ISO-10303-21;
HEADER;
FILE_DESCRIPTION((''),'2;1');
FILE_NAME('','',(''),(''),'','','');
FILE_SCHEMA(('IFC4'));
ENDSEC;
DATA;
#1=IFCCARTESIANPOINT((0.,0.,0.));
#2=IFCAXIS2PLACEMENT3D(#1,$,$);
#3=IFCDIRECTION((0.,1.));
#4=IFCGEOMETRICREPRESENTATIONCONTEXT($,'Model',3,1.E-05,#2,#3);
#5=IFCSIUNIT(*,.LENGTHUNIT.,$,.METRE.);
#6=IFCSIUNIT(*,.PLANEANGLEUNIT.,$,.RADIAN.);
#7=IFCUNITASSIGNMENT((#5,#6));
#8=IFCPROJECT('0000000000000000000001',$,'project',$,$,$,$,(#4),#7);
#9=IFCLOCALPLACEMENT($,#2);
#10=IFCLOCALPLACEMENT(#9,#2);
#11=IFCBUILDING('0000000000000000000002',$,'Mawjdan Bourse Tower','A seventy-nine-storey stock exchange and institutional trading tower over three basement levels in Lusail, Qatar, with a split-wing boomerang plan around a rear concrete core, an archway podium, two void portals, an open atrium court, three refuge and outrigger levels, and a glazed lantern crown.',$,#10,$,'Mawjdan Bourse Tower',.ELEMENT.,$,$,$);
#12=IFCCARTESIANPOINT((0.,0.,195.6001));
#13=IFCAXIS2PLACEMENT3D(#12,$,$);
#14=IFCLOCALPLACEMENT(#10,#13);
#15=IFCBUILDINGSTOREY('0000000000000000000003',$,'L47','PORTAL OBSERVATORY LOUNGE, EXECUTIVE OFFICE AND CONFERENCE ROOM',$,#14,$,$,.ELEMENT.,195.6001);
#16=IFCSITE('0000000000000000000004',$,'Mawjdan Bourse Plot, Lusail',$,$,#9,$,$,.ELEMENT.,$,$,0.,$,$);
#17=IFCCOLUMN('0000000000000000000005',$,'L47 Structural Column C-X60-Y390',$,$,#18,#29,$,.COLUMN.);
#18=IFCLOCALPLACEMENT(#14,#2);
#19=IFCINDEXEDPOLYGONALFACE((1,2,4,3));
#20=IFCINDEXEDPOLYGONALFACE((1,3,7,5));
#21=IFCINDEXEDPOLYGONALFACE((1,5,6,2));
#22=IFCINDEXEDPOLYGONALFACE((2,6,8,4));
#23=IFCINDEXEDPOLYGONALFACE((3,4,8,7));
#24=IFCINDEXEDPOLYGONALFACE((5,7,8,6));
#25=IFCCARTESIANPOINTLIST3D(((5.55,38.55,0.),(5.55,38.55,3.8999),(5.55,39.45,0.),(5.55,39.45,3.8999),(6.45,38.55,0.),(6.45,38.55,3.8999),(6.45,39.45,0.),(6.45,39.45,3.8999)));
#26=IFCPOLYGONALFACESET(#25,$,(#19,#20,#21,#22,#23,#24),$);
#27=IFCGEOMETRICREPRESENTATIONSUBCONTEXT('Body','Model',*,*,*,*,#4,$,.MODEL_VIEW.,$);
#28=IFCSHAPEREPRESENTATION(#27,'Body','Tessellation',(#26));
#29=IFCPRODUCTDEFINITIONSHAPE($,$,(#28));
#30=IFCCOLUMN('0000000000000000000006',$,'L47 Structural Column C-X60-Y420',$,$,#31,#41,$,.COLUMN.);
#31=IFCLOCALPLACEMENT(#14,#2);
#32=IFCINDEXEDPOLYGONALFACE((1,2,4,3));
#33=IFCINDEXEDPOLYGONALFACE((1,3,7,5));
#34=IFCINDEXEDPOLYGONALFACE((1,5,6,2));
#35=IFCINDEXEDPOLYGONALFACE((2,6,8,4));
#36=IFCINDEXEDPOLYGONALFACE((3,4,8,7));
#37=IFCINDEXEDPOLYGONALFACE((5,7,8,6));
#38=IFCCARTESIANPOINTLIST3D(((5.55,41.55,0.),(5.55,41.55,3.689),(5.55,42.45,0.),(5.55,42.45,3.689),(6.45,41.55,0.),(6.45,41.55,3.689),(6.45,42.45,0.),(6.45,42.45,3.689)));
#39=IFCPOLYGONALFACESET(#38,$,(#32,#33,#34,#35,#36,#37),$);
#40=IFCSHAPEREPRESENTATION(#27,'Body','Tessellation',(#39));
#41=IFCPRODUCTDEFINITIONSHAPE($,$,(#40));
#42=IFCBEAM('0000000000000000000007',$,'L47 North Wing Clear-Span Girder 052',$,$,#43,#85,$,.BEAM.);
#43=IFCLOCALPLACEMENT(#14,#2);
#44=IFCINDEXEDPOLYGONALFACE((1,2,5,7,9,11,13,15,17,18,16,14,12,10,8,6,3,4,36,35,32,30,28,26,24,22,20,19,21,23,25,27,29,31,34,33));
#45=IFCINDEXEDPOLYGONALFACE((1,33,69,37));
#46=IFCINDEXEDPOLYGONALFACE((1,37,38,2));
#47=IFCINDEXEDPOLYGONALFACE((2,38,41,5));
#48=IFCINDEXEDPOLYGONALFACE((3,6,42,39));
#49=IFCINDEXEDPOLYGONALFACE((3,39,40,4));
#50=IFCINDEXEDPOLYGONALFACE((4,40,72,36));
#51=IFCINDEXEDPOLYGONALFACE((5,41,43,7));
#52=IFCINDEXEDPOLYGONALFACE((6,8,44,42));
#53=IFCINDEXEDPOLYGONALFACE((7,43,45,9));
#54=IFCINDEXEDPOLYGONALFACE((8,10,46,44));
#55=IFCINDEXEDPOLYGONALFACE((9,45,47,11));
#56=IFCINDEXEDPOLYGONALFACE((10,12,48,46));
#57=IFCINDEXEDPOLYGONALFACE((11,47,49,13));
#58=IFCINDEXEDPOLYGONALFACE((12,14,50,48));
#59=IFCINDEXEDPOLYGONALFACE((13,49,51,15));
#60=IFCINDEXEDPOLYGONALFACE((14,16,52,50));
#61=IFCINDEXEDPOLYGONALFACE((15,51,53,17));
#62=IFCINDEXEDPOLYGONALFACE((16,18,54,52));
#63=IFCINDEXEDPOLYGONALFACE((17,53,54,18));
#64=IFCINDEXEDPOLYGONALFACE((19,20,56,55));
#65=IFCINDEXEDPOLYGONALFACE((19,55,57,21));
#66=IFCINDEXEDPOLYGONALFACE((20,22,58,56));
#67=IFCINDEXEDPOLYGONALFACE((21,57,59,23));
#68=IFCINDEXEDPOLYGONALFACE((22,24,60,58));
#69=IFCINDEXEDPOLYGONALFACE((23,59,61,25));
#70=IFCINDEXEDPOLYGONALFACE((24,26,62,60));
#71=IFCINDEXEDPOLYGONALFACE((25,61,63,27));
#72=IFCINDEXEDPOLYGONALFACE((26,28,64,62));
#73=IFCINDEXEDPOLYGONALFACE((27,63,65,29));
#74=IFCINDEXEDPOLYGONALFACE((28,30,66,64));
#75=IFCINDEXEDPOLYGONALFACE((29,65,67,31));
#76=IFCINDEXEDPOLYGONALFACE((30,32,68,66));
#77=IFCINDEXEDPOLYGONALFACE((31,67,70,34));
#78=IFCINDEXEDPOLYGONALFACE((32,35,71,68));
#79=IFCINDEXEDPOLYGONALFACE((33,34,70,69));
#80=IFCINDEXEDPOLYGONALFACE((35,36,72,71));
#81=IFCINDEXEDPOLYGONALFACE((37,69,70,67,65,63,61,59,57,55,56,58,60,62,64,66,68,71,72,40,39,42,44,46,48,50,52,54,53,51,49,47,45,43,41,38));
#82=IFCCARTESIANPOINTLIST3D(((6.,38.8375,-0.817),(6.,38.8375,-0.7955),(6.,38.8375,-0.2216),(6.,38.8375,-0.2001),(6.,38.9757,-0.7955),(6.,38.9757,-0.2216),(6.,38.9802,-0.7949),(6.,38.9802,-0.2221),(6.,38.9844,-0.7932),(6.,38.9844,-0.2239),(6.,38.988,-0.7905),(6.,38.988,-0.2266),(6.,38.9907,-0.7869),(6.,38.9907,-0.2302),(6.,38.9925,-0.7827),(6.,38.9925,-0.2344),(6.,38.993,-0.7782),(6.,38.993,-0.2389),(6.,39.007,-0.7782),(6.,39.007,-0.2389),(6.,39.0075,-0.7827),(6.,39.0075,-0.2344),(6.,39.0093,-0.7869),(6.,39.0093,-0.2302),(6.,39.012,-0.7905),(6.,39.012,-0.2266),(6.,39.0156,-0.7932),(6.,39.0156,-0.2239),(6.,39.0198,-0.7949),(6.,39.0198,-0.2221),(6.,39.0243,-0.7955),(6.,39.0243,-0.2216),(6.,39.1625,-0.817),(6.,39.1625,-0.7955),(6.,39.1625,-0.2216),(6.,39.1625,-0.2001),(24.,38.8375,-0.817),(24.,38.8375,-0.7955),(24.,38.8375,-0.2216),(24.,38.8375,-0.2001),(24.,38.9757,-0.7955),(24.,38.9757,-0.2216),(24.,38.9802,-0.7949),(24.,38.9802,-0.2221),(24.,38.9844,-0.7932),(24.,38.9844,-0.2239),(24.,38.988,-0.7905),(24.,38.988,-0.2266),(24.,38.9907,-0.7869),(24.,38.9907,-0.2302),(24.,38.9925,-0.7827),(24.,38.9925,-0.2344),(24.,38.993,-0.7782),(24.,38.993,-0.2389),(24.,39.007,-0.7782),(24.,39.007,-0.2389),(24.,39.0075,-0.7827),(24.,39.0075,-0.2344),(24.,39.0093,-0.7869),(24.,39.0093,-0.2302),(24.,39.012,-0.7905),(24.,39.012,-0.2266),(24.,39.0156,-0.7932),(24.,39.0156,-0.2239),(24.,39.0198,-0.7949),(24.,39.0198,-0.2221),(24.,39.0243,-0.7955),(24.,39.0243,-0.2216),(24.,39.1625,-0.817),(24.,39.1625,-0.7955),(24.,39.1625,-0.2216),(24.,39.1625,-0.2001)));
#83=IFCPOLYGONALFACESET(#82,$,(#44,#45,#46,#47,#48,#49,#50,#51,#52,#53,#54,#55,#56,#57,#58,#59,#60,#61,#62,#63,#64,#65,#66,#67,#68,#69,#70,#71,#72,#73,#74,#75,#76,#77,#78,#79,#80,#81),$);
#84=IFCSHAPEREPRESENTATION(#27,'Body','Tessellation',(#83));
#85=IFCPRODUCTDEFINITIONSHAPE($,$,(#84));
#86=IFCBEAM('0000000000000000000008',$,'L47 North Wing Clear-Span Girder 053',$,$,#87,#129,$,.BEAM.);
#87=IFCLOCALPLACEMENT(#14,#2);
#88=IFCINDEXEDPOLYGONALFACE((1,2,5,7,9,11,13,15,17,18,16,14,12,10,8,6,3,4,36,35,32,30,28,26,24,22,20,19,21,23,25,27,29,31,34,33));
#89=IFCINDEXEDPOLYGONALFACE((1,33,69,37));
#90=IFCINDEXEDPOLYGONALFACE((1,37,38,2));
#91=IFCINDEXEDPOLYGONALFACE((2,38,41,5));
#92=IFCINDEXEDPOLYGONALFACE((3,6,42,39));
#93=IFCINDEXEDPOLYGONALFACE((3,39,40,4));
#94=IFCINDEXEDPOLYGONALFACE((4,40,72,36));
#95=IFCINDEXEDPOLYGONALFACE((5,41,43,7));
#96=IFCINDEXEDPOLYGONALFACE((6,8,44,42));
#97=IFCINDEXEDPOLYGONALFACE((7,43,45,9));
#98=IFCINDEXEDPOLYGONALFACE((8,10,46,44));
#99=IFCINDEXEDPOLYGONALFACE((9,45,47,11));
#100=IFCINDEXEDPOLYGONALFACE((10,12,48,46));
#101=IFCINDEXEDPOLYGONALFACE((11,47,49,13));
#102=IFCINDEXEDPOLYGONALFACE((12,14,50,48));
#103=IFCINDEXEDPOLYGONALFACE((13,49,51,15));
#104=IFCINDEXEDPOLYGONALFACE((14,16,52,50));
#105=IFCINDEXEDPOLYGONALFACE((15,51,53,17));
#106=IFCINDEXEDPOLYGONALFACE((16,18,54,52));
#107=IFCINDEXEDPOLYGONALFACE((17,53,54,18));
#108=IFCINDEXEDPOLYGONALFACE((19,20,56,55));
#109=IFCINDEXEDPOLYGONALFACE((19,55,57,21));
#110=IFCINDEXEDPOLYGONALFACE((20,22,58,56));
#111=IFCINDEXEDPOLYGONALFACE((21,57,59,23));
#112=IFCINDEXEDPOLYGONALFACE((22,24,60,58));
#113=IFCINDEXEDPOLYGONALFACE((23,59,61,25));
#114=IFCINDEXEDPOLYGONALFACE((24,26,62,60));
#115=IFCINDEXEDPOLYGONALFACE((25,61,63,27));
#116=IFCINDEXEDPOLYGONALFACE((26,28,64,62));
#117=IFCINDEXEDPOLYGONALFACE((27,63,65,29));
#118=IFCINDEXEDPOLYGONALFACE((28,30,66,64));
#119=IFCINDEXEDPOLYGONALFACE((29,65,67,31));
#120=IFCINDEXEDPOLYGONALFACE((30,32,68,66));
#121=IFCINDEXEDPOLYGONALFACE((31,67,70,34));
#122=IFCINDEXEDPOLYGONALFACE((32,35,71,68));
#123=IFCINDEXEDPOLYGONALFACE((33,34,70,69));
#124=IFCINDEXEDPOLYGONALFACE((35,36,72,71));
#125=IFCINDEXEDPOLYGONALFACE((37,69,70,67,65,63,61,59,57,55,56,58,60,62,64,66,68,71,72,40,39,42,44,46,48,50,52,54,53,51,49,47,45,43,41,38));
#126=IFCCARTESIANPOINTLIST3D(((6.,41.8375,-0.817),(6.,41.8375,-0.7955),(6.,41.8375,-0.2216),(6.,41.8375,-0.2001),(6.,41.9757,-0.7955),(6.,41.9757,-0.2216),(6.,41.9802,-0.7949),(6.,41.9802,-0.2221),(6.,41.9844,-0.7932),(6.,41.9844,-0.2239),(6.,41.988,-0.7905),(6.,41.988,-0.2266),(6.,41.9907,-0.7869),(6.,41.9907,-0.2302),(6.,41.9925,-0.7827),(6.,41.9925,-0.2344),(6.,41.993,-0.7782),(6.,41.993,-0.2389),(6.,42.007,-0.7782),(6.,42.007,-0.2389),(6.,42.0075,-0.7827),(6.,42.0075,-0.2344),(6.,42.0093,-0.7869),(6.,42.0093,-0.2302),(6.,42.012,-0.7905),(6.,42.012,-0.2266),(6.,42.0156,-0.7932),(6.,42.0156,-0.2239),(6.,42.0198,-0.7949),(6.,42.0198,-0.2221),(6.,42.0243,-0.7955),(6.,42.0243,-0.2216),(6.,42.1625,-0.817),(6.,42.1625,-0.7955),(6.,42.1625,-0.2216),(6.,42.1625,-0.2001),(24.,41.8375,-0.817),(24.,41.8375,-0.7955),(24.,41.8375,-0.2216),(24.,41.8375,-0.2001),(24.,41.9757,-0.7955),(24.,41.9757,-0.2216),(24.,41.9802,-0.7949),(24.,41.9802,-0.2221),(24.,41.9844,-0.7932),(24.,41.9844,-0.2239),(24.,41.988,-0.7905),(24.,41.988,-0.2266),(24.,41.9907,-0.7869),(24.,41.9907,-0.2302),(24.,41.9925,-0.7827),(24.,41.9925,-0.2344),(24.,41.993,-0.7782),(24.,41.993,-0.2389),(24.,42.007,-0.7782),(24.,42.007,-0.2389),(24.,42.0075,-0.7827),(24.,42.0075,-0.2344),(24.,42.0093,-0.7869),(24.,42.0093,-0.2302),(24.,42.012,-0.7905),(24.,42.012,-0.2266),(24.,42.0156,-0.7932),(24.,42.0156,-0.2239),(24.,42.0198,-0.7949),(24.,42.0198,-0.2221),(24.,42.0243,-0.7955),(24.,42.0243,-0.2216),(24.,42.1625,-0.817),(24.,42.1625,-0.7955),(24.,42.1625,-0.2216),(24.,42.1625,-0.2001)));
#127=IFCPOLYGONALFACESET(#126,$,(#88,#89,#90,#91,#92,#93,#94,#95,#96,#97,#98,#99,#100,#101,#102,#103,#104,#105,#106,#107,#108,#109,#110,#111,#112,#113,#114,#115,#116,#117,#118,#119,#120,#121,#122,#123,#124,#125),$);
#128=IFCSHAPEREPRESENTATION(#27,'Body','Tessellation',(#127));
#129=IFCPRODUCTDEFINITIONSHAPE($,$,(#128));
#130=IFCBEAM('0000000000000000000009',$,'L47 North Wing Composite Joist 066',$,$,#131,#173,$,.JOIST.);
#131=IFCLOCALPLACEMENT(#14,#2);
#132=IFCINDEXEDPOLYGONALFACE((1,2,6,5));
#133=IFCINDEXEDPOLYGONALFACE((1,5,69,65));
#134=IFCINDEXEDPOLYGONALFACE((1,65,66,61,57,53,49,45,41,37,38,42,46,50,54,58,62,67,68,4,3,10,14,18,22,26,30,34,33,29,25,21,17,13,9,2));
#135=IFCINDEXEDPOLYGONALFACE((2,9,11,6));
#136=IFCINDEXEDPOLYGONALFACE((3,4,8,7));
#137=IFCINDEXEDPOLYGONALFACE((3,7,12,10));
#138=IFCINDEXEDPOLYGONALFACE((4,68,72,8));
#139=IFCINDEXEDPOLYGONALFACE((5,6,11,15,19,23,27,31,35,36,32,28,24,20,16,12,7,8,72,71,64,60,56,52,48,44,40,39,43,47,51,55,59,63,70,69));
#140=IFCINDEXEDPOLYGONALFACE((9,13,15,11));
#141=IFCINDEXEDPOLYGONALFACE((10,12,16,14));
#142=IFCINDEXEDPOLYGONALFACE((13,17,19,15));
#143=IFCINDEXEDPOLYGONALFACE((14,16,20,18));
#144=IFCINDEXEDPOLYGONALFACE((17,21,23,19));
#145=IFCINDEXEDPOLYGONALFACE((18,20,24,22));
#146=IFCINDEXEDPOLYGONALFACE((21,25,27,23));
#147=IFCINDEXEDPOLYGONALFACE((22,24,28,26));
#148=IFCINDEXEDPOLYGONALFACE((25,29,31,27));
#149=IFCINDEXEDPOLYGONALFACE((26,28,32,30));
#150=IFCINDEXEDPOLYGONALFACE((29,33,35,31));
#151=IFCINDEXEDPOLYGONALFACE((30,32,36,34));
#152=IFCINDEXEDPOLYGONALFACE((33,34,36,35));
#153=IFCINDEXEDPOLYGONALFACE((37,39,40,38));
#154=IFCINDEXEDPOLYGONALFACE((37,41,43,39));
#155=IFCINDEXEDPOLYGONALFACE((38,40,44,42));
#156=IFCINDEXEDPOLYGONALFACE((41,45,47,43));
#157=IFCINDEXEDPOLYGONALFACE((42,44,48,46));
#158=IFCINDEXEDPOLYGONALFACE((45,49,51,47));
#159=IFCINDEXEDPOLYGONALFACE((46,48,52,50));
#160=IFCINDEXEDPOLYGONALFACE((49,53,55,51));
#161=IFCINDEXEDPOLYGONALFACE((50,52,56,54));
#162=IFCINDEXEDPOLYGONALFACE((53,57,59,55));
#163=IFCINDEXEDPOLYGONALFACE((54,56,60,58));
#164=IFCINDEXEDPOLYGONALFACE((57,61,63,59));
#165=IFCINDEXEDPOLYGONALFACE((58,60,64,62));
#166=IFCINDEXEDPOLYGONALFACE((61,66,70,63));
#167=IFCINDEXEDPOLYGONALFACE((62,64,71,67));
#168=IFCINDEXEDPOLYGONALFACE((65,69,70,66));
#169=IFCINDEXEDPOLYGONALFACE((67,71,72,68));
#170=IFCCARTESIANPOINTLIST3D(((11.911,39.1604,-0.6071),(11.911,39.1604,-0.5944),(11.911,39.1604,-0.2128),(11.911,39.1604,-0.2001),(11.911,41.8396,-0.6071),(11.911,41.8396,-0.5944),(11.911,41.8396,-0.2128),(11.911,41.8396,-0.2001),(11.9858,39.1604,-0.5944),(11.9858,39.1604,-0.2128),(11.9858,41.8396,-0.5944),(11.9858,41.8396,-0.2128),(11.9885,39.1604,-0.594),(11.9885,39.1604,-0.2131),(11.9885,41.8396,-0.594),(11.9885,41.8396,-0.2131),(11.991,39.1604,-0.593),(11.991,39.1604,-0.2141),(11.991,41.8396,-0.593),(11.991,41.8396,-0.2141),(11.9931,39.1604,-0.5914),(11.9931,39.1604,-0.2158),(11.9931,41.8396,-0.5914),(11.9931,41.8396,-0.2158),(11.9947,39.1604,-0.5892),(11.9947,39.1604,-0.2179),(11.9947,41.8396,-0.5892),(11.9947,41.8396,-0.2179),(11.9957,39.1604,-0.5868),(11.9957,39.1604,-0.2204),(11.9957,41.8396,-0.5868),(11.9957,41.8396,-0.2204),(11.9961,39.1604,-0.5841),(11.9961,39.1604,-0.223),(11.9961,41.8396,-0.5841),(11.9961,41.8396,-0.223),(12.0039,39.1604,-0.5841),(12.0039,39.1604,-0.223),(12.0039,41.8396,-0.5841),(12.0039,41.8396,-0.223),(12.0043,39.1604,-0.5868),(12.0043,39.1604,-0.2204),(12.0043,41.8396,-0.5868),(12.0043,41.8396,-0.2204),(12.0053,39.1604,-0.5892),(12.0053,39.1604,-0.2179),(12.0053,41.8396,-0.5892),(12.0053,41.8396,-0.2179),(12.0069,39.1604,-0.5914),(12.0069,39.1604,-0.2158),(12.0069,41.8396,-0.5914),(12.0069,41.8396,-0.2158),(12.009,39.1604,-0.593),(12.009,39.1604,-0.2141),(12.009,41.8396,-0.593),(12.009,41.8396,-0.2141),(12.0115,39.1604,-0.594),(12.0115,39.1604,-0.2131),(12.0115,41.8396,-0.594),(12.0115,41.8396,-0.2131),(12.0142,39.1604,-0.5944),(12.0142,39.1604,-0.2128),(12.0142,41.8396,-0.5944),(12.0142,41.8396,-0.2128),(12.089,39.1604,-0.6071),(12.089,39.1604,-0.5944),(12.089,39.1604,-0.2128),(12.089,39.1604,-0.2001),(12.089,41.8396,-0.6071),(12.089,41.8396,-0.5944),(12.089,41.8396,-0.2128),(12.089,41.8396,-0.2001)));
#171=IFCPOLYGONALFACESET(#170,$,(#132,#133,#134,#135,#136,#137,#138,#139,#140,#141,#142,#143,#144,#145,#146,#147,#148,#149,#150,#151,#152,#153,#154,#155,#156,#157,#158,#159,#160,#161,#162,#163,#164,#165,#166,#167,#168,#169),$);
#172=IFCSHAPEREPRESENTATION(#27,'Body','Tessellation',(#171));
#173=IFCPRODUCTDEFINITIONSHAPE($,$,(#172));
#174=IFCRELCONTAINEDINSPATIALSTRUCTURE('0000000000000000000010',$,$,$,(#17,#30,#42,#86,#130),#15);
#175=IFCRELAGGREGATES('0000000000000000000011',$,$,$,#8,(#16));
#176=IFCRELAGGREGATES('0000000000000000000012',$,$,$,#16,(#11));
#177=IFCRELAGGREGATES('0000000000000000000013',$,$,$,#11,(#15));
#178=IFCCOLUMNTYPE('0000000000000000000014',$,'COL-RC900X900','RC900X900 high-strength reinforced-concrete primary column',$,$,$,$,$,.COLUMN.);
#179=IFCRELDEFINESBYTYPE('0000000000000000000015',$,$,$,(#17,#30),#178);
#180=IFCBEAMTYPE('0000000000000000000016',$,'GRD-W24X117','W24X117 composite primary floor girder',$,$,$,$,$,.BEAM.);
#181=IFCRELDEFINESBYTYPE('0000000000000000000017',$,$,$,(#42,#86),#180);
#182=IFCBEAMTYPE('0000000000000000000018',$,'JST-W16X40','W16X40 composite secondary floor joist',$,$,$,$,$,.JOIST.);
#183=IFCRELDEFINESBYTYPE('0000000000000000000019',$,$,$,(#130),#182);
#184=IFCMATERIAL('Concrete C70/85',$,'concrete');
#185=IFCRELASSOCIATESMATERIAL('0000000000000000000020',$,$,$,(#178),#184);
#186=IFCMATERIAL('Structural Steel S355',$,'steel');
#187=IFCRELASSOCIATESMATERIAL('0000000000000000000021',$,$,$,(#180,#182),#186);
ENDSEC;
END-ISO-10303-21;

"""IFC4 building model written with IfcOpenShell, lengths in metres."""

from ifc_helpers import new_model, si_unit, direction, frame, origin, origin_2d, place, context, subcontext, project, spatial, rectangle, i_section, extrude, material, material_profile, profile_set, type_object, element, save


model = new_model("IFC4")

# Units and contexts
model_context = context("Model", 3, precision=1e-05, world=origin(), true_north=direction((0.0, 1.0)))
body_context = subcontext(model_context, "Body", "Model", "MODEL_VIEW")
ifc_project = project(units=[si_unit("LENGTHUNIT", "METRE"), si_unit("PLANEANGLEUNIT", "RADIAN")], contexts=[model_context])

# Site, building, storey
site_placement = place(None, origin())
site = spatial("IfcSite", under=ifc_project, at=site_placement, Name="Mawjdan Bourse Plot, Lusail", CompositionType="ELEMENT", RefElevation=0.0)
building_placement = place(site_placement, origin())
building = spatial("IfcBuilding", under=site, at=building_placement, Name="Mawjdan Bourse Tower", Description="A seventy-nine-storey stock exchange and institutional trading tower over three basement levels in Lusail, Qatar, with a split-wing boomerang plan around a rear concrete core, an archway podium, two void portals, an open atrium court, three refuge and outrigger levels, and a glazed lantern crown.", LongName="Mawjdan Bourse Tower", CompositionType="ELEMENT")
storey_placement = place(building_placement, frame((0.0, 0.0, 195.6001)))
storey = spatial("IfcBuildingStorey", under=building, at=storey_placement, Name="L47", Description="PORTAL OBSERVATORY LOUNGE, EXECUTIVE OFFICE AND CONFERENCE ROOM", CompositionType="ELEMENT", Elevation=195.6001)

# Columns
ifc_material_1 = material(Name="Concrete C70/85", Category="concrete")
ifc_material_profile_1 = material_profile(ifc_material_1, rectangle(XDim=0.8999, YDim=0.8999, at=origin_2d()), Name="RC900X900")
ifc_profile_set_1 = profile_set([ifc_material_profile_1], Name="Concrete C70/85")
column_type = type_object("IfcColumnType", Name="COL-RC900X900", Description="RC900X900 high-strength reinforced-concrete primary column", PredefinedType="COLUMN", material=ifc_profile_set_1)
column_1_placement = place(storey_placement, frame((6.0, 39.0, 0.0), z_axis=(0.0, 0.0, 1.0), x_axis=(1.0, 0.0, 0.0)))
element("IfcColumn", 1, at=column_1_placement, inside=storey, type_object=column_type, Name="L47 Structural Column C-X60-Y390", PredefinedType="COLUMN", context=body_context, shape_type="SweptSolid", body=[
    extrude(rectangle(XDim=0.8999, YDim=0.8999, at=origin_2d()), origin(), (0.0, 0.0, 1.0), 3.8999),
])
column_2_placement = place(storey_placement, frame((6.0, 42.0, 0.0), z_axis=(0.0, 0.0, 1.0), x_axis=(1.0, 0.0, 0.0)))
element("IfcColumn", 2, at=column_2_placement, inside=storey, type_object=column_type, Name="L47 Structural Column C-X60-Y420", PredefinedType="COLUMN", context=body_context, shape_type="SweptSolid", body=[
    extrude(rectangle(XDim=0.8999, YDim=0.8999, at=origin_2d()), origin(), (0.0, 0.0, 1.0), 3.689),
])

# Beams
ifc_material_2 = material(Name="Structural Steel S355", Category="steel")
ifc_material_profile_2 = material_profile(ifc_material_2, i_section(OverallWidth=0.325, OverallDepth=0.6169, WebThickness=0.0139, FlangeThickness=0.0215, FilletRadius=0.0173, at=origin_2d()), Name="W24X117")
ifc_profile_set_2 = profile_set([ifc_material_profile_2], Name="Structural Steel S355")
beam_type_1 = type_object("IfcBeamType", Name="GRD-W24X117", Description="W24X117 composite primary floor girder", PredefinedType="BEAM", material=ifc_profile_set_2)
for number, where, z_axis, x_axis, name in (
    (3, (6.0, 39.0, -0.5085), (1.0, 0.0, 0.0), (0.0, 1.0, 0.0), "L47 North Wing Clear-Span Girder 052"),
    (4, (6.0, 42.0, -0.5085), (1.0, 0.0, 0.0), (0.0, 1.0, 0.0), "L47 North Wing Clear-Span Girder 053"),
):
    element("IfcBeam", number, at=place(storey_placement, frame(where, z_axis=z_axis, x_axis=x_axis)), inside=storey, type_object=beam_type_1, Name=name, PredefinedType="BEAM", context=body_context, shape_type="SweptSolid", body=[
        extrude(i_section(OverallWidth=0.325, OverallDepth=0.6169, WebThickness=0.0139, FlangeThickness=0.0215, FilletRadius=0.0173, at=origin_2d()), origin(), (0.0, 0.0, 1.0), 18.0),
    ])
ifc_material_profile_3 = material_profile(ifc_material_2, i_section(OverallWidth=0.178, OverallDepth=0.407, WebThickness=0.0078, FlangeThickness=0.0127, FilletRadius=0.0103, at=origin_2d()), Name="W16X40")
ifc_profile_set_3 = profile_set([ifc_material_profile_3], Name="Structural Steel S355")
beam_type_2 = type_object("IfcBeamType", Name="JST-W16X40", Description="W16X40 composite secondary floor joist", PredefinedType="JOIST", material=ifc_profile_set_3)
for number, where, z_axis, x_axis, name in (
    (5, (12.0, 39.1604, -0.4036), (0.0, 1.0, 0.0), (-1.0, 0.0, 0.0), "L47 North Wing Composite Joist 066"),
):
    element("IfcBeam", number, at=place(storey_placement, frame(where, z_axis=z_axis, x_axis=x_axis)), inside=storey, type_object=beam_type_2, Name=name, PredefinedType="JOIST", context=body_context, shape_type="SweptSolid", body=[
        extrude(i_section(OverallWidth=0.178, OverallDepth=0.407, WebThickness=0.0078, FlangeThickness=0.0127, FilletRadius=0.0103, at=origin_2d()), origin(), (0.0, 0.0, 1.0), 2.6792),
    ])

save(model, "model.ifc")
